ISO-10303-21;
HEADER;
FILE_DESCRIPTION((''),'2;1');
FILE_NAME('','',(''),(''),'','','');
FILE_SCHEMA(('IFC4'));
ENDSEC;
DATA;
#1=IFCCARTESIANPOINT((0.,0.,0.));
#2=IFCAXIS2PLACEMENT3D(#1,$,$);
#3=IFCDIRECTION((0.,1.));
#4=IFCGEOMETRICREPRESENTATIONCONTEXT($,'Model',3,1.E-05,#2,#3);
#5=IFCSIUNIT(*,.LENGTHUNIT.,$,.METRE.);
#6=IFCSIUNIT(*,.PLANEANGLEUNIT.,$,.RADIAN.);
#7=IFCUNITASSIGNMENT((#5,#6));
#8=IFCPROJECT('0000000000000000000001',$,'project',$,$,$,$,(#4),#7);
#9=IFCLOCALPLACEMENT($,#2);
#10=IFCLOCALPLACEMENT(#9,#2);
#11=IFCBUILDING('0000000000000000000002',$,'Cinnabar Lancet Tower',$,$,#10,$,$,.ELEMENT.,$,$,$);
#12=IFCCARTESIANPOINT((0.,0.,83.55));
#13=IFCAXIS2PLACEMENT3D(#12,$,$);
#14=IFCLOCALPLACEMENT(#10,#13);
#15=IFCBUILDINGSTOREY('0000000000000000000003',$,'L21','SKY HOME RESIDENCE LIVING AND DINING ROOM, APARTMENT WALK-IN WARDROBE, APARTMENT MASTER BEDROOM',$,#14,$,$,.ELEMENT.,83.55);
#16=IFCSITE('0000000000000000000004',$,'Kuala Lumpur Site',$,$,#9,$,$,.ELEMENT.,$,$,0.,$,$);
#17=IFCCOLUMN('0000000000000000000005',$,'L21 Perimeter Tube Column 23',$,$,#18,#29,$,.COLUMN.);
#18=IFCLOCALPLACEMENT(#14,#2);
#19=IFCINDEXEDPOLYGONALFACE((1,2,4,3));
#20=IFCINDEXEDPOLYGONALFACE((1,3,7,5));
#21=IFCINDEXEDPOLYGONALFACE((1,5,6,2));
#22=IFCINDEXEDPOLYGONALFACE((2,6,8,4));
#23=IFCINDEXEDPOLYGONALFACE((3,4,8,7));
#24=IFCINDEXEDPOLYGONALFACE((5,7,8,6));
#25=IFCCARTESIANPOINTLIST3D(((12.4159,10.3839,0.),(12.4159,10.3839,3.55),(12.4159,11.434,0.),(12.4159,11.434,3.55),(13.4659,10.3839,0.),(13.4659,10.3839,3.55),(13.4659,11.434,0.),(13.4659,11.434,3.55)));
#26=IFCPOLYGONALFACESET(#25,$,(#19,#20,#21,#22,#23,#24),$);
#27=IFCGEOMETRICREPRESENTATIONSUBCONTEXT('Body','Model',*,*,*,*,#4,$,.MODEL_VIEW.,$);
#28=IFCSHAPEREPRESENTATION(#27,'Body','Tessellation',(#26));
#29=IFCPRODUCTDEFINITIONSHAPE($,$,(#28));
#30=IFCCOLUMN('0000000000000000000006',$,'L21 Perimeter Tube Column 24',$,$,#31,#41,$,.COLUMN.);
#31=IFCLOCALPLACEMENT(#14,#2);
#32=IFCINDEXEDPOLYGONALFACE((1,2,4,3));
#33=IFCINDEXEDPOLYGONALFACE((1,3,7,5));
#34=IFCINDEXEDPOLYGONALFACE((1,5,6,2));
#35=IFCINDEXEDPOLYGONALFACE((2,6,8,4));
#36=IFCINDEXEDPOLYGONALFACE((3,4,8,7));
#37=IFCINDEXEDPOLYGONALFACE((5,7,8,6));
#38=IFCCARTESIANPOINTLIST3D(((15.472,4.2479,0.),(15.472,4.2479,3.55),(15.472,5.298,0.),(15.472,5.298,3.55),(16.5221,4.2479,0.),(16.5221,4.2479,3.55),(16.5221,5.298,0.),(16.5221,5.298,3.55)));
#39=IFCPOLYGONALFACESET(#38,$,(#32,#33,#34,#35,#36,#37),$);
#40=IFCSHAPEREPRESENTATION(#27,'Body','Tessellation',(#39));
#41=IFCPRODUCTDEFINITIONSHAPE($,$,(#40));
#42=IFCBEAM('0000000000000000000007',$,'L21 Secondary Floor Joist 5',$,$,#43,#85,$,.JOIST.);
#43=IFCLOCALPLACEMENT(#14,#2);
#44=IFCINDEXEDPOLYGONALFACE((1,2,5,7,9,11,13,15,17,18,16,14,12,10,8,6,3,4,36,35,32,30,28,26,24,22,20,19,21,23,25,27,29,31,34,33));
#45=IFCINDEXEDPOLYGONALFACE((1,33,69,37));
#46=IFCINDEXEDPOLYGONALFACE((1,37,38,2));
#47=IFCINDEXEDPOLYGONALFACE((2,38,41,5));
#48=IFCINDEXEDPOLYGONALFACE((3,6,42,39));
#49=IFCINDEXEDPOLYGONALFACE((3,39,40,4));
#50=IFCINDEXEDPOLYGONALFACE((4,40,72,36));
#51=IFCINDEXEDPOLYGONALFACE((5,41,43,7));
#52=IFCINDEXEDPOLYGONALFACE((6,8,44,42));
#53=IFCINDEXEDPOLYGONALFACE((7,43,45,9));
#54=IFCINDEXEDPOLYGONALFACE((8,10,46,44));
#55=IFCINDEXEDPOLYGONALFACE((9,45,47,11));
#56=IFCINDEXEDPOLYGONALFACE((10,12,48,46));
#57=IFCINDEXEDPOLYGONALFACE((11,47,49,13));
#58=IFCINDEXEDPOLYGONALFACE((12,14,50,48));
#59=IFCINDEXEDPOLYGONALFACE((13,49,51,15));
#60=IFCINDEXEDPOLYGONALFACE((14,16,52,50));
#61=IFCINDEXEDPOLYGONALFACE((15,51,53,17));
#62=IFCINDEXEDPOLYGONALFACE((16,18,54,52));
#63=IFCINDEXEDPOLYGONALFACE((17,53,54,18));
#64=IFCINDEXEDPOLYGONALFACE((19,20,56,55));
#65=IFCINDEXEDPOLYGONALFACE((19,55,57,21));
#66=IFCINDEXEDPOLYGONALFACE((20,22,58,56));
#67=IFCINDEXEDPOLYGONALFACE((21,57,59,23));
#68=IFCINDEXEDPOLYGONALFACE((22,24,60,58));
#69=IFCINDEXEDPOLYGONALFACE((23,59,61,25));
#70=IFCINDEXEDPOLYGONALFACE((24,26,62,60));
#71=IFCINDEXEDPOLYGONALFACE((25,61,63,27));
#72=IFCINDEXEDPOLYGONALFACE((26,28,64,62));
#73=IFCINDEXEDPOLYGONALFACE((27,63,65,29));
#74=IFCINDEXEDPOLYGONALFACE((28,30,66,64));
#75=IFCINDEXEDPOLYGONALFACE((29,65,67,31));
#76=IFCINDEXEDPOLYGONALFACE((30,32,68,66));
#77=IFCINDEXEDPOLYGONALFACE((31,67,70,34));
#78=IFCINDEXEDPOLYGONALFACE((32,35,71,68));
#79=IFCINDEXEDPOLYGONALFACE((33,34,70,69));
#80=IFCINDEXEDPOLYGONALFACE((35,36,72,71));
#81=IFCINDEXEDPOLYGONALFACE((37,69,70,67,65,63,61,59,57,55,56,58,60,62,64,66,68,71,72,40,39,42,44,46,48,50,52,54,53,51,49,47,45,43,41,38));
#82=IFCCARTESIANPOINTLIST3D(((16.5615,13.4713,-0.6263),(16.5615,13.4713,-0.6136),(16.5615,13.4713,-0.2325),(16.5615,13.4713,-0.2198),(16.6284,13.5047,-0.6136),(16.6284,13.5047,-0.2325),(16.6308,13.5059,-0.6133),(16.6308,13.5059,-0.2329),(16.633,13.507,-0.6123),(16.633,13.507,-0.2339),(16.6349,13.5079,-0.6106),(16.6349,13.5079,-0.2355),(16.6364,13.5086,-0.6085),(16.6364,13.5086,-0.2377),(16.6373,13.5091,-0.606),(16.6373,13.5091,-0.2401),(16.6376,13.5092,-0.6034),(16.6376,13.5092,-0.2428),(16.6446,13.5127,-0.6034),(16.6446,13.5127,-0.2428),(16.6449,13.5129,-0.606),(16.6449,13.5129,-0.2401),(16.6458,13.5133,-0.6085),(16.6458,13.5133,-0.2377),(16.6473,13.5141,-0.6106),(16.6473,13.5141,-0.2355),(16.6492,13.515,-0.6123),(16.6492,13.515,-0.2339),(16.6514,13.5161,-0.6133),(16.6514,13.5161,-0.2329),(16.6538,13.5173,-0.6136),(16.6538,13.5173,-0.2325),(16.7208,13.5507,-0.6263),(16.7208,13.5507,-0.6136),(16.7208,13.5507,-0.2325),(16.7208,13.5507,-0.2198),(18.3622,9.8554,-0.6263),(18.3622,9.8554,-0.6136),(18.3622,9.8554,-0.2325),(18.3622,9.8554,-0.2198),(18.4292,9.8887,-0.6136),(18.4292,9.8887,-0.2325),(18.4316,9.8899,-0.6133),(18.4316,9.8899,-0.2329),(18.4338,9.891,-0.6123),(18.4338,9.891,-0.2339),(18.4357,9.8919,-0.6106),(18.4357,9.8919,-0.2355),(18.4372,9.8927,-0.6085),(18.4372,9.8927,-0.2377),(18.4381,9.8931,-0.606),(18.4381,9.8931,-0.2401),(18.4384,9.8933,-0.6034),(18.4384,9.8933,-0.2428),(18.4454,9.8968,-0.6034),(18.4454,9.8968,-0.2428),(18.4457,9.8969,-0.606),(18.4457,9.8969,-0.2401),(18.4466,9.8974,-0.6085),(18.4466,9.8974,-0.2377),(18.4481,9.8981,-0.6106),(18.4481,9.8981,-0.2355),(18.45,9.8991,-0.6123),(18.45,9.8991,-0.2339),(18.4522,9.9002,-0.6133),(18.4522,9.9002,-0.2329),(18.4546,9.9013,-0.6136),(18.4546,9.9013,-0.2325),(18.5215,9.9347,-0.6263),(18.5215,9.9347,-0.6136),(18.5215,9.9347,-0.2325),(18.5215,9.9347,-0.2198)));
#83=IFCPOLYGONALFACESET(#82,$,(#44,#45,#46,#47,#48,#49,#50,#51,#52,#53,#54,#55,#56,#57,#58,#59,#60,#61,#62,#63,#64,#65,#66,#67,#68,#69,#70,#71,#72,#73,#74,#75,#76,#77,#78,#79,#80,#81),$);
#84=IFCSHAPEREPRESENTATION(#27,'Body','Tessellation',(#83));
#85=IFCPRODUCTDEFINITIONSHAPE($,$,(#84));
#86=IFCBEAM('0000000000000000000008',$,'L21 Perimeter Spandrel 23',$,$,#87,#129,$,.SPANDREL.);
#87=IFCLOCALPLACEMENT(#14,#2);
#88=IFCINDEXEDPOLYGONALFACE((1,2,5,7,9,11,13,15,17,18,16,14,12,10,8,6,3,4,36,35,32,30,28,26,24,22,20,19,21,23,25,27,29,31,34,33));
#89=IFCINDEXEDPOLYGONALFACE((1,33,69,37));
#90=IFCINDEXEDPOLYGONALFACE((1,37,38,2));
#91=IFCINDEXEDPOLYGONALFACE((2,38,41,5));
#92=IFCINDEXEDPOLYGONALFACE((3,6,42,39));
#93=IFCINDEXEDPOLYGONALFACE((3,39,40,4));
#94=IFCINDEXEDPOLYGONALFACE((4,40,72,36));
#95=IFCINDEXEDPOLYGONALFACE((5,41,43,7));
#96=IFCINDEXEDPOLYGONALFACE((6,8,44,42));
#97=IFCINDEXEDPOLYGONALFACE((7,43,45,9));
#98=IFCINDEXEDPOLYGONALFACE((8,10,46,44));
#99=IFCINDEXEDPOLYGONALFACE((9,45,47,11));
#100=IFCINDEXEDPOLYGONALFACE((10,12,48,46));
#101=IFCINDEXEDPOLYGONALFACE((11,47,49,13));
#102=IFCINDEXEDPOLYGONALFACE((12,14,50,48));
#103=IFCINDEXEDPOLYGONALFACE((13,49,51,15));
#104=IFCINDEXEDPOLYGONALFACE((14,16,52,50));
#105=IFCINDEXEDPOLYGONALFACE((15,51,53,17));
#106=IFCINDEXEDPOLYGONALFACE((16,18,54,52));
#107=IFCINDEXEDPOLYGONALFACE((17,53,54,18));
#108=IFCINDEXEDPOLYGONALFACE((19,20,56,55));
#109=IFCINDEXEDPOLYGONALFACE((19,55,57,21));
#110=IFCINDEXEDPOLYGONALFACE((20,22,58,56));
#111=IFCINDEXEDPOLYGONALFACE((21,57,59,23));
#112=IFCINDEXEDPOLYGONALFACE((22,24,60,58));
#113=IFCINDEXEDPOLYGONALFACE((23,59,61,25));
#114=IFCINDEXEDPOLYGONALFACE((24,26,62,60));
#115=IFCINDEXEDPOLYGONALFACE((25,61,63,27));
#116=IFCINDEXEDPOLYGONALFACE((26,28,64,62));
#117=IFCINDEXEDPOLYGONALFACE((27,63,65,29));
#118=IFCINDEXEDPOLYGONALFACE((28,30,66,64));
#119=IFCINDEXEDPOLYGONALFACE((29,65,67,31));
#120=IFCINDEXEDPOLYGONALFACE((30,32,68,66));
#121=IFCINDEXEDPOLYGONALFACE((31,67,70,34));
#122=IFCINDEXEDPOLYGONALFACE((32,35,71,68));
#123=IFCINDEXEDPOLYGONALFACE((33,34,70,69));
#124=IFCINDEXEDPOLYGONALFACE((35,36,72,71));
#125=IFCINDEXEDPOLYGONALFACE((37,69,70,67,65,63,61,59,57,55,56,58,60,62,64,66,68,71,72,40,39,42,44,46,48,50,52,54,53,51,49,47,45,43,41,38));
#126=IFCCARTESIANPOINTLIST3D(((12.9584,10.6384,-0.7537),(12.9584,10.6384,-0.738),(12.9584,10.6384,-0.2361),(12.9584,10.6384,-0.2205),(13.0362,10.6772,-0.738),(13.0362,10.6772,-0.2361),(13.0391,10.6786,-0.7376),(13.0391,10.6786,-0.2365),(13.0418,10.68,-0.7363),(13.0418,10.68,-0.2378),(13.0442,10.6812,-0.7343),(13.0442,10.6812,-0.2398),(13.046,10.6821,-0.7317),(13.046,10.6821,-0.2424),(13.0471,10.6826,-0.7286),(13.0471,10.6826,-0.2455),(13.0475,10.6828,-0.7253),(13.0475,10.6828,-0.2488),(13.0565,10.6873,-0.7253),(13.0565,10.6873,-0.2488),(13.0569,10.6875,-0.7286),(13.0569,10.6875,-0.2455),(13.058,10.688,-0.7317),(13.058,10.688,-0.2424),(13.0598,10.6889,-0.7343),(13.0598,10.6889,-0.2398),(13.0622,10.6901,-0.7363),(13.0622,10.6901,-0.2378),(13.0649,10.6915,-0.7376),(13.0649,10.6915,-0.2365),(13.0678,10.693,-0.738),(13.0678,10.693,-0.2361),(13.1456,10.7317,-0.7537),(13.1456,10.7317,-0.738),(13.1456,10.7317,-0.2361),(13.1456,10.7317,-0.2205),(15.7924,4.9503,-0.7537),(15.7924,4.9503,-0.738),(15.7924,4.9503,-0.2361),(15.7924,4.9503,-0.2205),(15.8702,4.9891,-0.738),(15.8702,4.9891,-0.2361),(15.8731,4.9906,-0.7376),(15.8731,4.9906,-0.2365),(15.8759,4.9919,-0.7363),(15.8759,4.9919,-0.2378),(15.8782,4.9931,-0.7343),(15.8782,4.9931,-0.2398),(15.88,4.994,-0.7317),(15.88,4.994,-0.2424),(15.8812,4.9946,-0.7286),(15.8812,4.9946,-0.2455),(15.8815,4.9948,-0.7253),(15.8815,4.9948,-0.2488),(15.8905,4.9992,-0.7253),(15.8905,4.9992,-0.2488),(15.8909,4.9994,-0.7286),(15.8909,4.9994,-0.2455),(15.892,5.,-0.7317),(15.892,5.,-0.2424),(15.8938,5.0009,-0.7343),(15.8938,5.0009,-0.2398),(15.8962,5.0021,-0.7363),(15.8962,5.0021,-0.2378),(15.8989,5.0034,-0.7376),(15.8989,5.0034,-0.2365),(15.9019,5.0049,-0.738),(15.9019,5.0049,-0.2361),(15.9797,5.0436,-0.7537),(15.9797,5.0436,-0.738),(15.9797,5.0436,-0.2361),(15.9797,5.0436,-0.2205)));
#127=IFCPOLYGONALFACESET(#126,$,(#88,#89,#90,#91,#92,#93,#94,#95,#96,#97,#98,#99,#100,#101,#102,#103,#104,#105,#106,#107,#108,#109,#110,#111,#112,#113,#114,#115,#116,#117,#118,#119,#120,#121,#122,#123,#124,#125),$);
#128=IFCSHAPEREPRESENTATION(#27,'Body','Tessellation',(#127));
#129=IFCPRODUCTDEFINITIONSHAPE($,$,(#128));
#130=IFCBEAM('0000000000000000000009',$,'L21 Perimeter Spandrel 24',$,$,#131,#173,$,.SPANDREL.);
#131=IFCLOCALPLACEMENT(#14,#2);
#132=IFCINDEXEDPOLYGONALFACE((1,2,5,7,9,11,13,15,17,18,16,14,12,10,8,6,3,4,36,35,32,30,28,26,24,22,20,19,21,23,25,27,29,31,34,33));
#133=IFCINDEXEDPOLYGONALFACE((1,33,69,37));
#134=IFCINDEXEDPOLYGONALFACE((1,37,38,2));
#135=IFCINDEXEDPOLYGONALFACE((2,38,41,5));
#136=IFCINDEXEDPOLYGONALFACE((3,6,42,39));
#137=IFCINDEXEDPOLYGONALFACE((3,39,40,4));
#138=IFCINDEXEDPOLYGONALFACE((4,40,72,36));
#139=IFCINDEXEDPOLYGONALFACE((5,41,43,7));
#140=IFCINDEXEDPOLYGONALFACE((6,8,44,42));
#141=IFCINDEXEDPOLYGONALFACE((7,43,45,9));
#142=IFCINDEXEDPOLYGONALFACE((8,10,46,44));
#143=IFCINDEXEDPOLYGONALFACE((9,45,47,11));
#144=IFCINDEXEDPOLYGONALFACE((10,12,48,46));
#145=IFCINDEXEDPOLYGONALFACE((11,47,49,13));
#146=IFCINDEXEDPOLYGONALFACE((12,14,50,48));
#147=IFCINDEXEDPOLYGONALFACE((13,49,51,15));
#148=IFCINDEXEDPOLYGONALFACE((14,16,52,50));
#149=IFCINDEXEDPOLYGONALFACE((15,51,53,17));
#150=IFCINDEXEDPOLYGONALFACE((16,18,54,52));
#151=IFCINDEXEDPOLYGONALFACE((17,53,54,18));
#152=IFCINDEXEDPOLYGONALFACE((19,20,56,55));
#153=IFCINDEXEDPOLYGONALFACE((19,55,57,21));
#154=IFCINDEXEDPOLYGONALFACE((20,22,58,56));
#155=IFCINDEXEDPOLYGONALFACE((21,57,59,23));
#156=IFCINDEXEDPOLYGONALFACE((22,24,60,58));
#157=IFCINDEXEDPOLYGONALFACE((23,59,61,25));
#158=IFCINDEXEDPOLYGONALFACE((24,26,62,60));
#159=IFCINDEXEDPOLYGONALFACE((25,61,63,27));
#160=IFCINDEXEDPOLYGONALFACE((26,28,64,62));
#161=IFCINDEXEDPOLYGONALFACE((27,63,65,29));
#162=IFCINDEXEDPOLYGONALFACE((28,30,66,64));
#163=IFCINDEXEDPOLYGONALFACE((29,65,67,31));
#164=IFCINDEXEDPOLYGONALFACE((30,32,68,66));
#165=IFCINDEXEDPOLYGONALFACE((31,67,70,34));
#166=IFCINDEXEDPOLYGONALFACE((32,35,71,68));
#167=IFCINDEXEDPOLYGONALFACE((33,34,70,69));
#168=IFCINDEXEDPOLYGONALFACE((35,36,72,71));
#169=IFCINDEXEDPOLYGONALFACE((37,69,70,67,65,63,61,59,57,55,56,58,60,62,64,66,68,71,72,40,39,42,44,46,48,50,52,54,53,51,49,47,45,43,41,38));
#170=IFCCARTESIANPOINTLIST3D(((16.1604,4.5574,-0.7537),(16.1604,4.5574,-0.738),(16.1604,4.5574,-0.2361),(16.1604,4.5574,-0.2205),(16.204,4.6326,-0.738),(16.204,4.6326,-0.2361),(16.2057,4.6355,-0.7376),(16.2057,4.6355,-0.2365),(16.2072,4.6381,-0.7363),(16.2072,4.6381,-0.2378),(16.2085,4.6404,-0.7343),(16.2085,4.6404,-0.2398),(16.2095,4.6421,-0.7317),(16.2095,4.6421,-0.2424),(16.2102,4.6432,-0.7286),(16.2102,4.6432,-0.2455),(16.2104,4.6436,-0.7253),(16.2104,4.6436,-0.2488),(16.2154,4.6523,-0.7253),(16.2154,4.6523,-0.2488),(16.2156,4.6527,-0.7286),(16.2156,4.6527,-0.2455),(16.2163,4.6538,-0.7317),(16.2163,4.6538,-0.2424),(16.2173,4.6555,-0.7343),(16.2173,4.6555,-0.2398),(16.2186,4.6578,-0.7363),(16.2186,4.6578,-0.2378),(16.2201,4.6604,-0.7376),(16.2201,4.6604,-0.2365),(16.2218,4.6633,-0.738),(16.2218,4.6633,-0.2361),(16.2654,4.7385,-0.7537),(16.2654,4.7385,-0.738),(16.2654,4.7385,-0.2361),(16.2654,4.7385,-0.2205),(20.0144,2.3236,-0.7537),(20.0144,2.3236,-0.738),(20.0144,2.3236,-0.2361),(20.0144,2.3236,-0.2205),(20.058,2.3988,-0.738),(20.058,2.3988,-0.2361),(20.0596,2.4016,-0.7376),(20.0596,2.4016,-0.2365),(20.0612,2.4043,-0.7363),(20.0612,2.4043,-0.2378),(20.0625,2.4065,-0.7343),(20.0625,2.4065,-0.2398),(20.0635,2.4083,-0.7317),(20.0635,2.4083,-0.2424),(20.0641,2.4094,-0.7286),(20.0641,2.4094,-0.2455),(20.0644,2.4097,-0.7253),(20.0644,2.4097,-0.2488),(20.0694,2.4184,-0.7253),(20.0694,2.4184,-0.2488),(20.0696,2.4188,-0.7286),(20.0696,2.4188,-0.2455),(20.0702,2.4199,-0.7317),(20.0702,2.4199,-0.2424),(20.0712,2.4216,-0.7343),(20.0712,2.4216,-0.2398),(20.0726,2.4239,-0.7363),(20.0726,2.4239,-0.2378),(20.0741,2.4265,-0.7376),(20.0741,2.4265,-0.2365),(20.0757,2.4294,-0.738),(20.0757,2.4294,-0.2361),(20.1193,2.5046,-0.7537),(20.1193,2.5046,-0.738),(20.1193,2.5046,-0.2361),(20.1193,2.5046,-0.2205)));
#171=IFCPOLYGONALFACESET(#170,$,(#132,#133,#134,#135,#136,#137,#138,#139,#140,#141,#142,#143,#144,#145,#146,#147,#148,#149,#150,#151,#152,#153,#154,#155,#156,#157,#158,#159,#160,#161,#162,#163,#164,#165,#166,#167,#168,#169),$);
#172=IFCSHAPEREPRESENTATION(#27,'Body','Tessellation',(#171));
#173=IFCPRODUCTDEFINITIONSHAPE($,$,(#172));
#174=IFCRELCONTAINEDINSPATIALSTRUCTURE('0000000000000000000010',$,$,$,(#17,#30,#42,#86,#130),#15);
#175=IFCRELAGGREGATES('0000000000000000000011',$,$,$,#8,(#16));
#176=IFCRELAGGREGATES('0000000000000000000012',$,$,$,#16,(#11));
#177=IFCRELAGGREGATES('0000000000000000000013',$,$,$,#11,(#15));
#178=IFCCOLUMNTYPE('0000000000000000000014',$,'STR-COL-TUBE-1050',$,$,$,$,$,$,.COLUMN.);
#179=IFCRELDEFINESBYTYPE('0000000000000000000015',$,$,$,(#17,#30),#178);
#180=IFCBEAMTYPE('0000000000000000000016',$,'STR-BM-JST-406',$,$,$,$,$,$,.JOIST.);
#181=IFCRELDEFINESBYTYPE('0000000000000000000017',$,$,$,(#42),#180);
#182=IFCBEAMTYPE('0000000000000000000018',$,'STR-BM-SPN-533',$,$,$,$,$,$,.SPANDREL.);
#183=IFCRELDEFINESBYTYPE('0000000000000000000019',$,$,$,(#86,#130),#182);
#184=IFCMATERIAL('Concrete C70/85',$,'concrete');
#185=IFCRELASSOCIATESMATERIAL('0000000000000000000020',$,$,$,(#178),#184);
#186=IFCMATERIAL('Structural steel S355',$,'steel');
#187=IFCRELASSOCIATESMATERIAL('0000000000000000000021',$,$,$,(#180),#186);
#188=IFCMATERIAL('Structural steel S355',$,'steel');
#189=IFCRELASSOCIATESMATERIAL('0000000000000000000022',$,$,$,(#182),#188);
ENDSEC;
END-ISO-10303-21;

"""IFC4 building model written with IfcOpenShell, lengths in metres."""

from ifc_helpers import new_model, si_unit, direction, frame, origin, origin_2d, place, context, subcontext, project, spatial, rectangle, i_section, extrude, material, material_profile, profile_set, type_object, element, save


model = new_model("IFC4")

# Units and contexts
model_context = context("Model", 3, precision=1e-05, world=origin(), true_north=direction((0.0, 1.0)))
body_context = subcontext(model_context, "Body", "Model", "MODEL_VIEW")
ifc_project = project(units=[si_unit("LENGTHUNIT", "METRE"), si_unit("PLANEANGLEUNIT", "RADIAN")], contexts=[model_context])

# Site, building, storey
site_placement = place(None, origin())
site = spatial("IfcSite", under=ifc_project, at=site_placement, Name="Kuala Lumpur Site", CompositionType="ELEMENT", RefElevation=0.0)
building_placement = place(site_placement, origin())
building = spatial("IfcBuilding", under=site, at=building_placement, Name="Cinnabar Lancet Tower", CompositionType="ELEMENT")
storey_placement = place(building_placement, frame((0.0, 0.0, 83.55)))
storey = spatial("IfcBuildingStorey", under=building, at=storey_placement, Name="L21", Description="SKY HOME RESIDENCE LIVING AND DINING ROOM, APARTMENT WALK-IN WARDROBE, APARTMENT MASTER BEDROOM", CompositionType="ELEMENT", Elevation=83.55)

# Columns
ifc_material_1 = material(Name="Concrete C70/85", Category="concrete")
ifc_material_profile_1 = material_profile(ifc_material_1, rectangle(XDim=1.05, YDim=1.05, at=origin_2d()), Name="RC-COL 1050x1050")
ifc_profile_set_1 = profile_set([ifc_material_profile_1], Name="Concrete C70/85")
column_type = type_object("IfcColumnType", Name="STR-COL-TUBE-1050", PredefinedType="COLUMN", material=ifc_profile_set_1)
for number, where, z_axis, x_axis, name in (
    (1, (12.9409, 10.9089, 0.0), (0.0, 0.0, 1.0), (1.0, 0.0, 0.0), "L21 Perimeter Tube Column 23"),
    (2, (15.9971, 4.7729, 0.0), (0.0, 0.0, 1.0), (1.0, 0.0, 0.0), "L21 Perimeter Tube Column 24"),
):
    element("IfcColumn", number, at=place(storey_placement, frame(where, z_axis=z_axis, x_axis=x_axis)), inside=storey, type_object=column_type, Name=name, PredefinedType="COLUMN", context=body_context, shape_type="SweptSolid", body=[
        extrude(rectangle(XDim=1.05, YDim=1.05, at=origin_2d()), origin(), (0.0, 0.0, 1.0), 3.55),
    ])

# Beams
ifc_material_2 = material(Name="Structural steel S355", Category="steel")
ifc_material_profile_2 = material_profile(ifc_material_2, i_section(OverallWidth=0.178, OverallDepth=0.4065, WebThickness=0.0078, FlangeThickness=0.0127, FilletRadius=0.0103, at=origin_2d()), Name="UKB 406x178x60")
ifc_profile_set_2 = profile_set([ifc_material_profile_2], Name="Structural steel S355")
beam_type_1 = type_object("IfcBeamType", Name="STR-BM-JST-406", PredefinedType="JOIST", material=ifc_profile_set_2)
beam_1_placement = place(storey_placement, frame((16.6411, 13.511, -0.4231), z_axis=(0.445787, -0.895139, 0.0), x_axis=(0.895139, 0.445787, 0.0)))
element("IfcBeam", 3, at=beam_1_placement, inside=storey, type_object=beam_type_1, Name="L21 Secondary Floor Joist 5", PredefinedType="JOIST", context=body_context, shape_type="SweptSolid", body=[
    extrude(i_section(OverallWidth=0.178, OverallDepth=0.4065, WebThickness=0.0078, FlangeThickness=0.0127, FilletRadius=0.0103, at=origin_2d()), origin(), (0.0, 0.0, 1.0), 4.0396),
])
ifc_material_3 = material(Name="Structural steel S355", Category="steel")
ifc_material_profile_3 = material_profile(ifc_material_3, i_section(OverallWidth=0.2092, OverallDepth=0.5332, WebThickness=0.01, FlangeThickness=0.0156, FilletRadius=0.0127, at=origin_2d()), Name="UKB 533x210x92")
ifc_profile_set_3 = profile_set([ifc_material_profile_3], Name="Structural steel S355")
beam_type_2 = type_object("IfcBeamType", Name="STR-BM-SPN-533", PredefinedType="SPANDREL", material=ifc_profile_set_3)
beam_2_placement = place(storey_placement, frame((13.052, 10.6851, -0.4871), z_axis=(0.445953, -0.895056, 0.0), x_axis=(0.895056, 0.445953, 0.0)))
element("IfcBeam", 4, at=beam_2_placement, inside=storey, type_object=beam_type_2, Name="L21 Perimeter Spandrel 23", PredefinedType="SPANDREL", context=body_context, shape_type="SweptSolid", body=[
    extrude(i_section(OverallWidth=0.2092, OverallDepth=0.5332, WebThickness=0.01, FlangeThickness=0.0156, FilletRadius=0.0127, at=origin_2d()), origin(), (0.0, 0.0, 1.0), 6.355),
])
beam_3_placement = place(storey_placement, frame((16.2129, 4.6479, -0.4871), z_axis=(0.865171, -0.501477, 0.0), x_axis=(0.501477, 0.865171, 0.0)))
element("IfcBeam", 5, at=beam_3_placement, inside=storey, type_object=beam_type_2, Name="L21 Perimeter Spandrel 24", PredefinedType="SPANDREL", context=body_context, shape_type="SweptSolid", body=[
    extrude(i_section(OverallWidth=0.2092, OverallDepth=0.5332, WebThickness=0.01, FlangeThickness=0.0156, FilletRadius=0.0127, at=origin_2d()), origin(), (0.0, 0.0, 1.0), 4.4546),
])

save(model, "model.ifc")
